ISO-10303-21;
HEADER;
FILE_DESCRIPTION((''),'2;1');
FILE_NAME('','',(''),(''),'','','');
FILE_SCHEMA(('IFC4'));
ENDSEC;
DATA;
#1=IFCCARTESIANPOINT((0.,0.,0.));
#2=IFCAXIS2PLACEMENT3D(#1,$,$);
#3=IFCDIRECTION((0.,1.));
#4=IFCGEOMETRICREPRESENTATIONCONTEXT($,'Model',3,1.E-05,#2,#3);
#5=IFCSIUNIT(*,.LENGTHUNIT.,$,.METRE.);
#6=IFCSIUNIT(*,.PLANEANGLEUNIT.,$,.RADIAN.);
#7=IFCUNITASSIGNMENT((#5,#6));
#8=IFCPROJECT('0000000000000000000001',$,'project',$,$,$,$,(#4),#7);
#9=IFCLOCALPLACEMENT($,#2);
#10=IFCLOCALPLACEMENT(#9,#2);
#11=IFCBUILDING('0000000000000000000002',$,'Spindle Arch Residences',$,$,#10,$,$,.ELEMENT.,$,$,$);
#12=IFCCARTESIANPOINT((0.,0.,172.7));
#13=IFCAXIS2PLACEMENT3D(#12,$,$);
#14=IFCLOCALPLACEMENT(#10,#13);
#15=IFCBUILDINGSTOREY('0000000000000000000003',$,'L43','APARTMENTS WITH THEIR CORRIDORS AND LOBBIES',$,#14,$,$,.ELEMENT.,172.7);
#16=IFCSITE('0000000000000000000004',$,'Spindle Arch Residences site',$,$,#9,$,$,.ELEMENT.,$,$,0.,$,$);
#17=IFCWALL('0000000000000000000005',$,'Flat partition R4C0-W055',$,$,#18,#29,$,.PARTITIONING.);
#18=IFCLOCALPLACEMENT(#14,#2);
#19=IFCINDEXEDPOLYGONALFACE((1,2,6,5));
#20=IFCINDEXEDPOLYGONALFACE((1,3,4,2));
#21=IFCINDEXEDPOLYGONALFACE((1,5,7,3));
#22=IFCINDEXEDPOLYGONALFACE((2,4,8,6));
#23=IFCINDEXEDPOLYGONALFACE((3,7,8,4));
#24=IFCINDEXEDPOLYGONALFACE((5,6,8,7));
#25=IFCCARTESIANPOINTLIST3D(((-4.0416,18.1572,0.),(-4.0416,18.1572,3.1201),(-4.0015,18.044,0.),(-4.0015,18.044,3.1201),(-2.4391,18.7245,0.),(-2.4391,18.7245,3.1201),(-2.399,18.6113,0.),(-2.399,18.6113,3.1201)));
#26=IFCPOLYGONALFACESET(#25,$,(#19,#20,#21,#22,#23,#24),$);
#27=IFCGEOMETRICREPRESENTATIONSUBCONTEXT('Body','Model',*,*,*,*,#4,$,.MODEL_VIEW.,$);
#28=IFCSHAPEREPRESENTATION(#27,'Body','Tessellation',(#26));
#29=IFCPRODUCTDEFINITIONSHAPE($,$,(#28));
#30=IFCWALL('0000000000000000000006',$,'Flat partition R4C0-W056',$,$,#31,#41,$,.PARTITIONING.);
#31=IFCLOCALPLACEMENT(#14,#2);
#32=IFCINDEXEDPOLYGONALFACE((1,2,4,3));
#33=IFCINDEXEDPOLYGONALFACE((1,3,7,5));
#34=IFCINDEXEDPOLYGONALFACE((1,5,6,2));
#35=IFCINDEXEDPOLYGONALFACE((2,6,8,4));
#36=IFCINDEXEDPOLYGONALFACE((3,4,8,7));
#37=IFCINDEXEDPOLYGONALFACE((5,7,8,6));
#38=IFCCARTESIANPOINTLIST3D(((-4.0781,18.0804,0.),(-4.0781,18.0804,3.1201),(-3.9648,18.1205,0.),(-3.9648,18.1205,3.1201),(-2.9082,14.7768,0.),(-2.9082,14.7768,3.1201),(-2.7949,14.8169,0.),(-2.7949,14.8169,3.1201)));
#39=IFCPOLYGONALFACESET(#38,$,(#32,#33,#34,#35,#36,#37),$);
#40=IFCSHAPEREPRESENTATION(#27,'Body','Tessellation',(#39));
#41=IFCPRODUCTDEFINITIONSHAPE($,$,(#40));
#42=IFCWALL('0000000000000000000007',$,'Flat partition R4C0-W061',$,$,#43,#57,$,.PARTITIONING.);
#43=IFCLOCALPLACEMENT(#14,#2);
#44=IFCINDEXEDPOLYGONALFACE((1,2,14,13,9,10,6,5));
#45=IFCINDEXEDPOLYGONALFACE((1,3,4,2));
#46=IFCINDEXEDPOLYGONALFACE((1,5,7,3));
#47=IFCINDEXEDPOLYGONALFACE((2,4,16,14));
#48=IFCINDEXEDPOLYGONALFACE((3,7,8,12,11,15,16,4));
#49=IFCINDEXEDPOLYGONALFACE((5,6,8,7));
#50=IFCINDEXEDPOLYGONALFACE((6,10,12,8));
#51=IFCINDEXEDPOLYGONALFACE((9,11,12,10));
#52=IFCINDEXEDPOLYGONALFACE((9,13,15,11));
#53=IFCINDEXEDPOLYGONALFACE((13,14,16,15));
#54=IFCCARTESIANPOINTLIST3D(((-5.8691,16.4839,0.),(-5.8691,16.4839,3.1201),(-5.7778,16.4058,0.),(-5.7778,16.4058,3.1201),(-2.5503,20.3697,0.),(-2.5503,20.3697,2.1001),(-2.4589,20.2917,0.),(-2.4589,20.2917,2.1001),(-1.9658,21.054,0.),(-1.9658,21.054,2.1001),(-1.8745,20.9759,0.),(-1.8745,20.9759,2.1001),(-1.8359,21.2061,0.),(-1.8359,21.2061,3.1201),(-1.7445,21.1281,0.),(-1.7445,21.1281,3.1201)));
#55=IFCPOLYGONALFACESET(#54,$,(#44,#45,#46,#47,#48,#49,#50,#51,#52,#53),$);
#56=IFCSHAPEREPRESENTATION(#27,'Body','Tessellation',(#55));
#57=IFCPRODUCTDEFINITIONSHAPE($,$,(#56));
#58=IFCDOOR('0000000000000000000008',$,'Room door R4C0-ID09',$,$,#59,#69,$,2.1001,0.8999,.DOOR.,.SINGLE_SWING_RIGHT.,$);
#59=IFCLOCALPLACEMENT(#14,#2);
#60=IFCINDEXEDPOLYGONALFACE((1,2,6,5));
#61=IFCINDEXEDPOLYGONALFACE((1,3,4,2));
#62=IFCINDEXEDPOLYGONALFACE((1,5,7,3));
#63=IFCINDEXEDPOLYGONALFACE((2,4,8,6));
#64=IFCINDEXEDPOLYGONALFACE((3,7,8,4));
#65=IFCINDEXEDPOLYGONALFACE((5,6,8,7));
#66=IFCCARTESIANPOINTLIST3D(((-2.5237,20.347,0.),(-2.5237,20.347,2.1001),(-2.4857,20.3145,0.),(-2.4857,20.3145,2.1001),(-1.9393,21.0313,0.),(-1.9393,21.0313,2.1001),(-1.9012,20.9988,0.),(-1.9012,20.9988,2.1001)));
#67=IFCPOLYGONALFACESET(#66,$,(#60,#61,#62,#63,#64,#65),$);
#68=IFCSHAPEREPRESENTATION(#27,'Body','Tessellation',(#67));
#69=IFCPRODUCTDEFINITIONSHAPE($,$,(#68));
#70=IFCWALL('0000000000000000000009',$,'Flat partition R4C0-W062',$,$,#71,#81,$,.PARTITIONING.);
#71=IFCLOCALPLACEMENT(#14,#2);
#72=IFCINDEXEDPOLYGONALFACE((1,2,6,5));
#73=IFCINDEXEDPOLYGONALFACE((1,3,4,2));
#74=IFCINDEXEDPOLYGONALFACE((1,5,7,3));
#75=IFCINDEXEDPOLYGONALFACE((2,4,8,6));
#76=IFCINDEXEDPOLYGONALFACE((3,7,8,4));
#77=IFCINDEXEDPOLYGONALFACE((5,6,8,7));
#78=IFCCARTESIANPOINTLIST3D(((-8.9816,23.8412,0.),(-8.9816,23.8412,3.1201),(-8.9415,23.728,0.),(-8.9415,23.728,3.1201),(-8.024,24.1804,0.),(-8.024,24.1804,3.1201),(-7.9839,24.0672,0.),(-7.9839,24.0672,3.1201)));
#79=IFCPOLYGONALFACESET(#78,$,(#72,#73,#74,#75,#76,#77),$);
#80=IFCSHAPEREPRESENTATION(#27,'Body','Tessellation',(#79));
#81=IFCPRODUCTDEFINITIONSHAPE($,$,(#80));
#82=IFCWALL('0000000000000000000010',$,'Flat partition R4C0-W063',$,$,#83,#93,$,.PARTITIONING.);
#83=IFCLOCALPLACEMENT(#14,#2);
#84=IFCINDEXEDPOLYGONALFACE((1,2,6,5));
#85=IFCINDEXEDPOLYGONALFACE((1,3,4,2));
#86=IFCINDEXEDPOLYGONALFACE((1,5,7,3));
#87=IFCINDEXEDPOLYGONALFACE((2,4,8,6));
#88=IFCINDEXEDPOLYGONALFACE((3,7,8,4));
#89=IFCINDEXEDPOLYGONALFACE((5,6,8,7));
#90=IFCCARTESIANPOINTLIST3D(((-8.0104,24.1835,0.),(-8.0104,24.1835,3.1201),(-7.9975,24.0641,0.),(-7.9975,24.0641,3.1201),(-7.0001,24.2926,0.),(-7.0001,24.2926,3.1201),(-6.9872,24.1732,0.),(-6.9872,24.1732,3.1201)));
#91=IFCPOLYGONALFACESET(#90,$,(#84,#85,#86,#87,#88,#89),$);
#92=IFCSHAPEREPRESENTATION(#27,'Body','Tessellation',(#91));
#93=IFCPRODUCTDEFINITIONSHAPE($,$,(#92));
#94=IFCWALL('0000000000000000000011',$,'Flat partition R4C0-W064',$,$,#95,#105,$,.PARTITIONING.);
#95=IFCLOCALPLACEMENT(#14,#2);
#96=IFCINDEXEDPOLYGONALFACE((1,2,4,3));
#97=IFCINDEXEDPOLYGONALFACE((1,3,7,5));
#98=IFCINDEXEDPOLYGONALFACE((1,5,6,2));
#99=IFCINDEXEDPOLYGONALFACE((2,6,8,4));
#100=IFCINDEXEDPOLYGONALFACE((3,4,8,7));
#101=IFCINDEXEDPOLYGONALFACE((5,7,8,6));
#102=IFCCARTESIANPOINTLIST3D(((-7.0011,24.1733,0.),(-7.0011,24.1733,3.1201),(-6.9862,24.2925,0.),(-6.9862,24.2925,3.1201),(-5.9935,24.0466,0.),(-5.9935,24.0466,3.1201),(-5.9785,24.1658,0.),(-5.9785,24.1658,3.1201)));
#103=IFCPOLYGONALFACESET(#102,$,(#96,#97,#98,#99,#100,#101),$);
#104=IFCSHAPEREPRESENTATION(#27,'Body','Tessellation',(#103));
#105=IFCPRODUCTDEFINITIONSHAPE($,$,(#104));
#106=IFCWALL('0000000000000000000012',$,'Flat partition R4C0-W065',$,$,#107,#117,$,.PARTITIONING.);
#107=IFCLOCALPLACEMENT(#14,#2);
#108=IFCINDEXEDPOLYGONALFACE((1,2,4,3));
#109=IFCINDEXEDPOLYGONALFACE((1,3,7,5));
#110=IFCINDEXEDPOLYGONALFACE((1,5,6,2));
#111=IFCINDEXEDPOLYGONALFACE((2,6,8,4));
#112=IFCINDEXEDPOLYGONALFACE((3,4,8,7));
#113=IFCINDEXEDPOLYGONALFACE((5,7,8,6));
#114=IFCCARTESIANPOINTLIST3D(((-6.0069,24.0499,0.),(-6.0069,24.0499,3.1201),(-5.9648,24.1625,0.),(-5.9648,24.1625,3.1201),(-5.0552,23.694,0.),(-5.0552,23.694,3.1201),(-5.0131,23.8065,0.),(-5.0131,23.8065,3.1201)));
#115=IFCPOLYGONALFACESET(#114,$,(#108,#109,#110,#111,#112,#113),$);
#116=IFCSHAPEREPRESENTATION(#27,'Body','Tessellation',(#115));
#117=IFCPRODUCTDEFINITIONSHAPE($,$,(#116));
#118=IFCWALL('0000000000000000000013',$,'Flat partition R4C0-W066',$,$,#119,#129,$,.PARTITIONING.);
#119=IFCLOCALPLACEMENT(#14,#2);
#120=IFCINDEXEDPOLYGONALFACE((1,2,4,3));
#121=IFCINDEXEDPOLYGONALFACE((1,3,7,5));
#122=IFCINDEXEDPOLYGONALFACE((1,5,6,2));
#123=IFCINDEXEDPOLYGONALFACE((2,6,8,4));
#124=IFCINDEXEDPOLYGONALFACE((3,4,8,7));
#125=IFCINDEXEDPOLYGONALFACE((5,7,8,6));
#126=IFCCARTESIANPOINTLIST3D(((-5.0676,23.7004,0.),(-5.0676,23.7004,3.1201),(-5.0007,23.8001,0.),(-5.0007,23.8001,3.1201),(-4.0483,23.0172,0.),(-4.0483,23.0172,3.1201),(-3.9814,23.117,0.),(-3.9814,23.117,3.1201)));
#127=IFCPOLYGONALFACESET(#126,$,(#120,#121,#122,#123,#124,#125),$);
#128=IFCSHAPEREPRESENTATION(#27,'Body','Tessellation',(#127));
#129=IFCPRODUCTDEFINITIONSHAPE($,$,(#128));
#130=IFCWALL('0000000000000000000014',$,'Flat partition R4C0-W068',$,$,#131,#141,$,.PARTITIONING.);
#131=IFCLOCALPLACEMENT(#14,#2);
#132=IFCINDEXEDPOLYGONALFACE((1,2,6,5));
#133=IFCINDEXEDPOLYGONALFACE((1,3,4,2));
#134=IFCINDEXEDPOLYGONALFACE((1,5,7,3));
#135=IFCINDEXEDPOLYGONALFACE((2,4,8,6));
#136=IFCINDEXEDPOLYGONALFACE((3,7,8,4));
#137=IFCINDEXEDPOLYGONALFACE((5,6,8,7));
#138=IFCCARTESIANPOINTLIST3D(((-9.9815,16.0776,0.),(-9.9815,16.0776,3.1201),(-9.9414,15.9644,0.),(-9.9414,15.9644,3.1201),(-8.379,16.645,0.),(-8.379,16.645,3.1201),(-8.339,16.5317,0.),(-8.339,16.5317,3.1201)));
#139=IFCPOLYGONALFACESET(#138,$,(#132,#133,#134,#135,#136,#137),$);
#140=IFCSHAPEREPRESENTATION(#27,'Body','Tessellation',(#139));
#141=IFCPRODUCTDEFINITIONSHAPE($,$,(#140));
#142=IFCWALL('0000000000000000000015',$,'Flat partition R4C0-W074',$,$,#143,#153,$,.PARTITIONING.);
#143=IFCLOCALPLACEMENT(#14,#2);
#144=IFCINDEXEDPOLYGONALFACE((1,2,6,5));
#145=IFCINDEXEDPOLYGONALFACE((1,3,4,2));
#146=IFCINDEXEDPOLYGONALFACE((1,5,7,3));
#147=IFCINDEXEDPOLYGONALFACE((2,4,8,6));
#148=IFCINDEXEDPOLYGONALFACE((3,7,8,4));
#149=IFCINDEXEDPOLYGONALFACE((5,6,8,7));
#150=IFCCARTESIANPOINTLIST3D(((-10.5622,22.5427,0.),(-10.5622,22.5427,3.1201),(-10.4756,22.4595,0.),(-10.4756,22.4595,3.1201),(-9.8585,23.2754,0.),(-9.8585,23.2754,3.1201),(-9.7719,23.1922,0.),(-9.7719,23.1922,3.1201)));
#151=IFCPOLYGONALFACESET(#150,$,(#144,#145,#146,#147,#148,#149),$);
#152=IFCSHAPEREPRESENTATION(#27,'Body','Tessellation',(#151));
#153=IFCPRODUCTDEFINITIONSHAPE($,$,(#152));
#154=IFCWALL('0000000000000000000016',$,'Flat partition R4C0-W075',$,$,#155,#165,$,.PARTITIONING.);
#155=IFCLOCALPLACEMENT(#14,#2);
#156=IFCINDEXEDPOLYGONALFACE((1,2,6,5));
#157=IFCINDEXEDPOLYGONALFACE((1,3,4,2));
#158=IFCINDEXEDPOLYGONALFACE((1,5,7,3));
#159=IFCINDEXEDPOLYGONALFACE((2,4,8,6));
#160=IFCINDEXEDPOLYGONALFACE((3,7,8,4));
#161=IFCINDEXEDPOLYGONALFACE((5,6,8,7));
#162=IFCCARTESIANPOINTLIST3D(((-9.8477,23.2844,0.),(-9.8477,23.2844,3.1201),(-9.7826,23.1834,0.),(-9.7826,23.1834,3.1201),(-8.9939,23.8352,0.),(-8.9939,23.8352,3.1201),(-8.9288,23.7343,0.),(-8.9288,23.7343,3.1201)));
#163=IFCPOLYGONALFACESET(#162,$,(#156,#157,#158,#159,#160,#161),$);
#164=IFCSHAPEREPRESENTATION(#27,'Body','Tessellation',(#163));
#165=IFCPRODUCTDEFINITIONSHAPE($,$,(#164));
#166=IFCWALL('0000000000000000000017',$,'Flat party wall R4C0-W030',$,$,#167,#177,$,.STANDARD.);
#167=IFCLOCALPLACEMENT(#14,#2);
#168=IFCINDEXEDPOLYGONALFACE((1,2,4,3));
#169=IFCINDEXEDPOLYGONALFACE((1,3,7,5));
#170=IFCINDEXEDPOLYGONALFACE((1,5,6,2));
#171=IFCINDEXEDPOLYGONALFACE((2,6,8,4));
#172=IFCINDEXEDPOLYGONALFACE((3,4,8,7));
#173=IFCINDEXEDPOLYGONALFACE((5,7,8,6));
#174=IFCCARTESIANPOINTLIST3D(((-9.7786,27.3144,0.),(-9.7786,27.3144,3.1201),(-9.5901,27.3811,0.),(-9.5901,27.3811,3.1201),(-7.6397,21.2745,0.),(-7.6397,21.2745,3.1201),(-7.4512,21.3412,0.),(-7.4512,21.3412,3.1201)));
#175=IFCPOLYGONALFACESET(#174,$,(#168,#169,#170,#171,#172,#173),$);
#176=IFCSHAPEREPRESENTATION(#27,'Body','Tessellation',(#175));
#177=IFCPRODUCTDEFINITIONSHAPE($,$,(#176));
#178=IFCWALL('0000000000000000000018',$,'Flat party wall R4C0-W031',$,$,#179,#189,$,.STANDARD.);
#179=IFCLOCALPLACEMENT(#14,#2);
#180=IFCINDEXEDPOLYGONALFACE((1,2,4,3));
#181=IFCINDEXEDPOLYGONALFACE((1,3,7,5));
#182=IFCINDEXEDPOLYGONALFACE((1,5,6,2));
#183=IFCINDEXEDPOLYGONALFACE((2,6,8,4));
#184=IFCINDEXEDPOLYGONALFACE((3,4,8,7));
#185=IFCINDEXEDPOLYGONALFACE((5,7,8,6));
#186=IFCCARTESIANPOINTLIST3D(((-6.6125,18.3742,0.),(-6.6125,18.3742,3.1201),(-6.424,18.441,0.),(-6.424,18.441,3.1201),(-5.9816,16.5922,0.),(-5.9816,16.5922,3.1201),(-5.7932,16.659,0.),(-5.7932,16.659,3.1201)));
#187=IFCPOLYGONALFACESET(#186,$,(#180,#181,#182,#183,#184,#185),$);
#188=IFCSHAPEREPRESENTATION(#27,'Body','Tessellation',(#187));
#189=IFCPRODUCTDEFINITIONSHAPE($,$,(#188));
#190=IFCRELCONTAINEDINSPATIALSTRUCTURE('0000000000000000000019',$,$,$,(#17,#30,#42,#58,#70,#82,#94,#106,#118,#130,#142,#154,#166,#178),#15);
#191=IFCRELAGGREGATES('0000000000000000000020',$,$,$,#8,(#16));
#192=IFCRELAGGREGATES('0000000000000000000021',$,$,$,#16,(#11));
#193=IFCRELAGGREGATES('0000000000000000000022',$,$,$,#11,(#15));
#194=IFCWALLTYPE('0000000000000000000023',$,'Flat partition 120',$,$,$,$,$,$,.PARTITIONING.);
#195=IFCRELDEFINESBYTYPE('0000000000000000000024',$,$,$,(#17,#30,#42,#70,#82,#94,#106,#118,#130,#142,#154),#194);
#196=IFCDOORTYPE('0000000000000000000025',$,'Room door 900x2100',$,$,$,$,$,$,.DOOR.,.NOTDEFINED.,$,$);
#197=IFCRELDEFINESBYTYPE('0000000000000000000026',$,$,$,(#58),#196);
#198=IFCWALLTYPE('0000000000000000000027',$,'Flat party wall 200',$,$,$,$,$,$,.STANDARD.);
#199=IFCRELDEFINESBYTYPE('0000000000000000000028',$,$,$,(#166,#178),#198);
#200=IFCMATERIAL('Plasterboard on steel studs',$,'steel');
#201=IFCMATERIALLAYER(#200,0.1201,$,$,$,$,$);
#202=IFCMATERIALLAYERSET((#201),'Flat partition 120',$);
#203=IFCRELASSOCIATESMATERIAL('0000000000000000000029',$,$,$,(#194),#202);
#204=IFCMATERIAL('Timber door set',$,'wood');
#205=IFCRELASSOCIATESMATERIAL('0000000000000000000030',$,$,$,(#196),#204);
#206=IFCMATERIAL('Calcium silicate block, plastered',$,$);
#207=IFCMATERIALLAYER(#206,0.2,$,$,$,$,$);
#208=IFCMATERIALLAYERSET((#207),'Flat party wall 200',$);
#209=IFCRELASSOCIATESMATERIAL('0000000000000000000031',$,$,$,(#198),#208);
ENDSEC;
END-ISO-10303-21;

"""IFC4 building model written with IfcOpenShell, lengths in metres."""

from ifc_helpers import new_model, si_unit, direction, frame, frame_2d, origin, place, context, subcontext, project, spatial, rectangle, extrude, material, layer, layer_set, type_object, element, fill, save


model = new_model("IFC4")

# Units and contexts
model_context = context("Model", 3, precision=1e-05, world=origin(), true_north=direction((0.0, 1.0)))
body_context = subcontext(model_context, "Body", "Model", "MODEL_VIEW")
ifc_project = project(units=[si_unit("LENGTHUNIT", "METRE"), si_unit("PLANEANGLEUNIT", "RADIAN")], contexts=[model_context])

# Site, building, storey
site_placement = place(None, origin())
site = spatial("IfcSite", under=ifc_project, at=site_placement, Name="Spindle Arch Residences site", CompositionType="ELEMENT", RefElevation=0.0)
building_placement = place(site_placement, origin())
building = spatial("IfcBuilding", under=site, at=building_placement, Name="Spindle Arch Residences", CompositionType="ELEMENT")
storey_placement = place(building_placement, frame((0.0, 0.0, 172.7)))
storey = spatial("IfcBuildingStorey", under=building, at=storey_placement, Name="L43", Description="APARTMENTS WITH THEIR CORRIDORS AND LOBBIES", CompositionType="ELEMENT", Elevation=172.7)

# Walls
ifc_material_1 = material(Name="Plasterboard on steel studs", Category="steel")
ifc_layer_1 = layer(ifc_material_1, 0.1201)
ifc_layer_set_1 = layer_set([ifc_layer_1], Name="Flat partition 120")
wall_type_1 = type_object("IfcWallType", Name="Flat partition 120", PredefinedType="PARTITIONING", material=ifc_layer_set_1)
wall_1_placement = place(storey_placement, frame((-2.4189, 18.668, 0.0), z_axis=(0.0, 0.0, 1.0), x_axis=(-0.942661, -0.333751, 0.0)))
element("IfcWall", 1, at=wall_1_placement, inside=storey, type_object=wall_type_1, Name="Flat partition R4C0-W055", PredefinedType="PARTITIONING", context=body_context, shape_type="SweptSolid", body=[
    extrude(rectangle(XDim=1.7, YDim=0.1201, at=frame_2d((0.8501, 0.0))), origin(), (0.0, 0.0, 1.0), 3.1201),
])
wall_2_placement = place(storey_placement, frame((-4.0215, 18.1006, 0.0), z_axis=(0.0, 0.0, 1.0), x_axis=(0.333811, -0.94264, 0.0)))
element("IfcWall", 2, at=wall_2_placement, inside=storey, type_object=wall_type_1, Name="Flat partition R4C0-W056", PredefinedType="PARTITIONING", context=body_context, shape_type="SweptSolid", body=[
    extrude(rectangle(XDim=3.5046, YDim=0.1201, at=frame_2d((1.7524, 0.0))), origin(), (0.0, 0.0, 1.0), 3.1201),
])

# Wall, opening, door
wall_3_placement = place(storey_placement, frame((-1.7903, 21.167, 0.0), z_axis=(0.0, 0.0, 1.0), x_axis=(-0.649456, -0.760399, 0.0)))
wall_3 = element("IfcWall", 3, at=wall_3_placement, inside=storey, type_object=wall_type_1, Name="Flat partition R4C0-W061", PredefinedType="PARTITIONING", context=body_context, shape_type="SweptSolid", body=[
    extrude(rectangle(XDim=6.2102, YDim=0.1201, at=frame_2d((3.105, 0.0))), origin(), (0.0, 0.0, 1.0), 3.1201),
])
opening_placement = place(wall_3_placement, frame((0.2, 0.0, 0.0)))
opening = element("IfcOpeningElement", 4, at=opening_placement, cuts=wall_3, PredefinedType="OPENING", context=body_context, shape_type="SweptSolid", body=[
    extrude(rectangle(XDim=0.8999, YDim=2.1001, at=frame_2d((0.45, 1.05))), frame((0.0, 0.0701, 0.0), z_axis=(0.0, -1.0, 0.0), x_axis=(1.0, 0.0, 0.0)), (0.0, 0.0, 1.0), 0.1401),
])
ifc_material_2 = material(Name="Timber door set", Category="wood")
door_type = type_object("IfcDoorType", Name="Room door 900x2100", OperationType="NOTDEFINED", PredefinedType="DOOR", material=ifc_material_2)
door_placement = place(opening_placement, origin())
door = element("IfcDoor", 5, at=door_placement, inside=storey, type_object=door_type, Name="Room door R4C0-ID09", OperationType="SINGLE_SWING_RIGHT", OverallHeight=2.1001, OverallWidth=0.8999, PredefinedType="DOOR", context=body_context, shape_type="SweptSolid", body=[
    extrude(rectangle(XDim=0.8999, YDim=2.1001, at=frame_2d((0.45, 1.05))), frame((0.0, 0.0249, 0.0), z_axis=(0.0, -1.0, 0.0), x_axis=(1.0, 0.0, 0.0)), (0.0, 0.0, 1.0), 0.05),
])
fill(opening, door)

# Walls
wall_4_placement = place(storey_placement, frame((-8.9614, 23.7847, 0.0), z_axis=(0.0, 0.0, 1.0), x_axis=(0.94263, 0.333838, 0.0)))
element("IfcWall", 6, at=wall_4_placement, inside=storey, type_object=wall_type_1, Name="Flat partition R4C0-W062", PredefinedType="PARTITIONING", context=body_context, shape_type="SweptSolid", body=[
    extrude(rectangle(XDim=1.0159, YDim=0.1201, at=frame_2d((0.5078, 0.0))), origin(), (0.0, 0.0, 1.0), 3.1201),
])
wall_5_placement = place(storey_placement, frame((-8.0039, 24.1238, 0.0), z_axis=(0.0, 0.0, 1.0), x_axis=(0.994216, 0.107398, 0.0)))
element("IfcWall", 7, at=wall_5_placement, inside=storey, type_object=wall_type_1, Name="Flat partition R4C0-W063", PredefinedType="PARTITIONING", context=body_context, shape_type="SweptSolid", body=[
    extrude(rectangle(XDim=1.0161, YDim=0.1201, at=frame_2d((0.5081, 0.0))), origin(), (0.0, 0.0, 1.0), 3.1201),
])
wall_6_placement = place(storey_placement, frame((-6.9937, 24.2329, 0.0), z_axis=(0.0, 0.0, 1.0), x_axis=(0.992189, -0.124745, 0.0)))
element("IfcWall", 8, at=wall_6_placement, inside=storey, type_object=wall_type_1, Name="Flat partition R4C0-W064", PredefinedType="PARTITIONING", context=body_context, shape_type="SweptSolid", body=[
    extrude(rectangle(XDim=1.0156, YDim=0.1201, at=frame_2d((0.5078, 0.0))), origin(), (0.0, 0.0, 1.0), 3.1201),
])
wall_7_placement = place(storey_placement, frame((-5.9858, 24.1062, 0.0), z_axis=(0.0, 0.0, 1.0), x_axis=(0.936625, -0.350333, 0.0)))
element("IfcWall", 9, at=wall_7_placement, inside=storey, type_object=wall_type_1, Name="Flat partition R4C0-W065", PredefinedType="PARTITIONING", context=body_context, shape_type="SweptSolid", body=[
    extrude(rectangle(XDim=1.0161, YDim=0.1201, at=frame_2d((0.5081, 0.0))), origin(), (0.0, 0.0, 1.0), 3.1201),
])
wall_8_placement = place(storey_placement, frame((-5.0342, 23.7502, 0.0), z_axis=(0.0, 0.0, 1.0), x_axis=(0.830701, -0.556719, 0.0)))
element("IfcWall", 10, at=wall_8_placement, inside=storey, type_object=wall_type_1, Name="Flat partition R4C0-W066", PredefinedType="PARTITIONING", context=body_context, shape_type="SweptSolid", body=[
    extrude(rectangle(XDim=1.2271, YDim=0.1201, at=frame_2d((0.6135, 0.0))), origin(), (0.0, 0.0, 1.0), 3.1201),
])
wall_9_placement = place(storey_placement, frame((-8.3589, 16.5884, 0.0), z_axis=(0.0, 0.0, 1.0), x_axis=(-0.942661, -0.333751, 0.0)))
element("IfcWall", 11, at=wall_9_placement, inside=storey, type_object=wall_type_1, Name="Flat partition R4C0-W068", PredefinedType="PARTITIONING", context=body_context, shape_type="SweptSolid", body=[
    extrude(rectangle(XDim=1.7, YDim=0.1201, at=frame_2d((0.8501, 0.0))), origin(), (0.0, 0.0, 1.0), 3.1201),
])
wall_10_placement = place(storey_placement, frame((-10.5188, 22.5012, 0.0), z_axis=(0.0, 0.0, 1.0), x_axis=(0.692662, 0.721262, 0.0)))
element("IfcWall", 12, at=wall_10_placement, inside=storey, type_object=wall_type_1, Name="Flat partition R4C0-W074", PredefinedType="PARTITIONING", context=body_context, shape_type="SweptSolid", body=[
    extrude(rectangle(XDim=1.0159, YDim=0.1201, at=frame_2d((0.5078, 0.0))), origin(), (0.0, 0.0, 1.0), 3.1201),
])
wall_11_placement = place(storey_placement, frame((-9.8152, 23.2339, 0.0), z_axis=(0.0, 0.0, 1.0), x_axis=(0.840311, 0.542105, 0.0)))
element("IfcWall", 13, at=wall_11_placement, inside=storey, type_object=wall_type_1, Name="Flat partition R4C0-W075", PredefinedType="PARTITIONING", context=body_context, shape_type="SweptSolid", body=[
    extrude(rectangle(XDim=1.0161, YDim=0.1201, at=frame_2d((0.5081, 0.0))), origin(), (0.0, 0.0, 1.0), 3.1201),
])
ifc_material_3 = material(Name="Calcium silicate block, plastered")
ifc_layer_2 = layer(ifc_material_3, 0.2)
ifc_layer_set_2 = layer_set([ifc_layer_2], Name="Flat party wall 200")
wall_type_2 = type_object("IfcWallType", Name="Flat party wall 200", PredefinedType="STANDARD", material=ifc_layer_set_2)
wall_12_placement = place(storey_placement, frame((-9.6843, 27.3477, 0.0), z_axis=(0.0, 0.0, 1.0), x_axis=(0.33381, -0.94264, 0.0)))
element("IfcWall", 14, at=wall_12_placement, inside=storey, type_object=wall_type_2, Name="Flat party wall R4C0-W030", PredefinedType="STANDARD", context=body_context, shape_type="SweptSolid", body=[
    extrude(rectangle(XDim=6.4075, YDim=0.2, at=frame_2d((3.2036, 0.0))), origin(), (0.0, 0.0, 1.0), 3.1201),
])
wall_13_placement = place(storey_placement, frame((-6.5183, 18.4077, 0.0), z_axis=(0.0, 0.0, 1.0), x_axis=(0.333725, -0.94267, 0.0)))
element("IfcWall", 15, at=wall_13_placement, inside=storey, type_object=wall_type_2, Name="Flat party wall R4C0-W031", PredefinedType="STANDARD", context=body_context, shape_type="SweptSolid", body=[
    extrude(rectangle(XDim=1.8904, YDim=0.2, at=frame_2d((0.9453, 0.0))), origin(), (0.0, 0.0, 1.0), 3.1201),
])

save(model, "model.ifc")
